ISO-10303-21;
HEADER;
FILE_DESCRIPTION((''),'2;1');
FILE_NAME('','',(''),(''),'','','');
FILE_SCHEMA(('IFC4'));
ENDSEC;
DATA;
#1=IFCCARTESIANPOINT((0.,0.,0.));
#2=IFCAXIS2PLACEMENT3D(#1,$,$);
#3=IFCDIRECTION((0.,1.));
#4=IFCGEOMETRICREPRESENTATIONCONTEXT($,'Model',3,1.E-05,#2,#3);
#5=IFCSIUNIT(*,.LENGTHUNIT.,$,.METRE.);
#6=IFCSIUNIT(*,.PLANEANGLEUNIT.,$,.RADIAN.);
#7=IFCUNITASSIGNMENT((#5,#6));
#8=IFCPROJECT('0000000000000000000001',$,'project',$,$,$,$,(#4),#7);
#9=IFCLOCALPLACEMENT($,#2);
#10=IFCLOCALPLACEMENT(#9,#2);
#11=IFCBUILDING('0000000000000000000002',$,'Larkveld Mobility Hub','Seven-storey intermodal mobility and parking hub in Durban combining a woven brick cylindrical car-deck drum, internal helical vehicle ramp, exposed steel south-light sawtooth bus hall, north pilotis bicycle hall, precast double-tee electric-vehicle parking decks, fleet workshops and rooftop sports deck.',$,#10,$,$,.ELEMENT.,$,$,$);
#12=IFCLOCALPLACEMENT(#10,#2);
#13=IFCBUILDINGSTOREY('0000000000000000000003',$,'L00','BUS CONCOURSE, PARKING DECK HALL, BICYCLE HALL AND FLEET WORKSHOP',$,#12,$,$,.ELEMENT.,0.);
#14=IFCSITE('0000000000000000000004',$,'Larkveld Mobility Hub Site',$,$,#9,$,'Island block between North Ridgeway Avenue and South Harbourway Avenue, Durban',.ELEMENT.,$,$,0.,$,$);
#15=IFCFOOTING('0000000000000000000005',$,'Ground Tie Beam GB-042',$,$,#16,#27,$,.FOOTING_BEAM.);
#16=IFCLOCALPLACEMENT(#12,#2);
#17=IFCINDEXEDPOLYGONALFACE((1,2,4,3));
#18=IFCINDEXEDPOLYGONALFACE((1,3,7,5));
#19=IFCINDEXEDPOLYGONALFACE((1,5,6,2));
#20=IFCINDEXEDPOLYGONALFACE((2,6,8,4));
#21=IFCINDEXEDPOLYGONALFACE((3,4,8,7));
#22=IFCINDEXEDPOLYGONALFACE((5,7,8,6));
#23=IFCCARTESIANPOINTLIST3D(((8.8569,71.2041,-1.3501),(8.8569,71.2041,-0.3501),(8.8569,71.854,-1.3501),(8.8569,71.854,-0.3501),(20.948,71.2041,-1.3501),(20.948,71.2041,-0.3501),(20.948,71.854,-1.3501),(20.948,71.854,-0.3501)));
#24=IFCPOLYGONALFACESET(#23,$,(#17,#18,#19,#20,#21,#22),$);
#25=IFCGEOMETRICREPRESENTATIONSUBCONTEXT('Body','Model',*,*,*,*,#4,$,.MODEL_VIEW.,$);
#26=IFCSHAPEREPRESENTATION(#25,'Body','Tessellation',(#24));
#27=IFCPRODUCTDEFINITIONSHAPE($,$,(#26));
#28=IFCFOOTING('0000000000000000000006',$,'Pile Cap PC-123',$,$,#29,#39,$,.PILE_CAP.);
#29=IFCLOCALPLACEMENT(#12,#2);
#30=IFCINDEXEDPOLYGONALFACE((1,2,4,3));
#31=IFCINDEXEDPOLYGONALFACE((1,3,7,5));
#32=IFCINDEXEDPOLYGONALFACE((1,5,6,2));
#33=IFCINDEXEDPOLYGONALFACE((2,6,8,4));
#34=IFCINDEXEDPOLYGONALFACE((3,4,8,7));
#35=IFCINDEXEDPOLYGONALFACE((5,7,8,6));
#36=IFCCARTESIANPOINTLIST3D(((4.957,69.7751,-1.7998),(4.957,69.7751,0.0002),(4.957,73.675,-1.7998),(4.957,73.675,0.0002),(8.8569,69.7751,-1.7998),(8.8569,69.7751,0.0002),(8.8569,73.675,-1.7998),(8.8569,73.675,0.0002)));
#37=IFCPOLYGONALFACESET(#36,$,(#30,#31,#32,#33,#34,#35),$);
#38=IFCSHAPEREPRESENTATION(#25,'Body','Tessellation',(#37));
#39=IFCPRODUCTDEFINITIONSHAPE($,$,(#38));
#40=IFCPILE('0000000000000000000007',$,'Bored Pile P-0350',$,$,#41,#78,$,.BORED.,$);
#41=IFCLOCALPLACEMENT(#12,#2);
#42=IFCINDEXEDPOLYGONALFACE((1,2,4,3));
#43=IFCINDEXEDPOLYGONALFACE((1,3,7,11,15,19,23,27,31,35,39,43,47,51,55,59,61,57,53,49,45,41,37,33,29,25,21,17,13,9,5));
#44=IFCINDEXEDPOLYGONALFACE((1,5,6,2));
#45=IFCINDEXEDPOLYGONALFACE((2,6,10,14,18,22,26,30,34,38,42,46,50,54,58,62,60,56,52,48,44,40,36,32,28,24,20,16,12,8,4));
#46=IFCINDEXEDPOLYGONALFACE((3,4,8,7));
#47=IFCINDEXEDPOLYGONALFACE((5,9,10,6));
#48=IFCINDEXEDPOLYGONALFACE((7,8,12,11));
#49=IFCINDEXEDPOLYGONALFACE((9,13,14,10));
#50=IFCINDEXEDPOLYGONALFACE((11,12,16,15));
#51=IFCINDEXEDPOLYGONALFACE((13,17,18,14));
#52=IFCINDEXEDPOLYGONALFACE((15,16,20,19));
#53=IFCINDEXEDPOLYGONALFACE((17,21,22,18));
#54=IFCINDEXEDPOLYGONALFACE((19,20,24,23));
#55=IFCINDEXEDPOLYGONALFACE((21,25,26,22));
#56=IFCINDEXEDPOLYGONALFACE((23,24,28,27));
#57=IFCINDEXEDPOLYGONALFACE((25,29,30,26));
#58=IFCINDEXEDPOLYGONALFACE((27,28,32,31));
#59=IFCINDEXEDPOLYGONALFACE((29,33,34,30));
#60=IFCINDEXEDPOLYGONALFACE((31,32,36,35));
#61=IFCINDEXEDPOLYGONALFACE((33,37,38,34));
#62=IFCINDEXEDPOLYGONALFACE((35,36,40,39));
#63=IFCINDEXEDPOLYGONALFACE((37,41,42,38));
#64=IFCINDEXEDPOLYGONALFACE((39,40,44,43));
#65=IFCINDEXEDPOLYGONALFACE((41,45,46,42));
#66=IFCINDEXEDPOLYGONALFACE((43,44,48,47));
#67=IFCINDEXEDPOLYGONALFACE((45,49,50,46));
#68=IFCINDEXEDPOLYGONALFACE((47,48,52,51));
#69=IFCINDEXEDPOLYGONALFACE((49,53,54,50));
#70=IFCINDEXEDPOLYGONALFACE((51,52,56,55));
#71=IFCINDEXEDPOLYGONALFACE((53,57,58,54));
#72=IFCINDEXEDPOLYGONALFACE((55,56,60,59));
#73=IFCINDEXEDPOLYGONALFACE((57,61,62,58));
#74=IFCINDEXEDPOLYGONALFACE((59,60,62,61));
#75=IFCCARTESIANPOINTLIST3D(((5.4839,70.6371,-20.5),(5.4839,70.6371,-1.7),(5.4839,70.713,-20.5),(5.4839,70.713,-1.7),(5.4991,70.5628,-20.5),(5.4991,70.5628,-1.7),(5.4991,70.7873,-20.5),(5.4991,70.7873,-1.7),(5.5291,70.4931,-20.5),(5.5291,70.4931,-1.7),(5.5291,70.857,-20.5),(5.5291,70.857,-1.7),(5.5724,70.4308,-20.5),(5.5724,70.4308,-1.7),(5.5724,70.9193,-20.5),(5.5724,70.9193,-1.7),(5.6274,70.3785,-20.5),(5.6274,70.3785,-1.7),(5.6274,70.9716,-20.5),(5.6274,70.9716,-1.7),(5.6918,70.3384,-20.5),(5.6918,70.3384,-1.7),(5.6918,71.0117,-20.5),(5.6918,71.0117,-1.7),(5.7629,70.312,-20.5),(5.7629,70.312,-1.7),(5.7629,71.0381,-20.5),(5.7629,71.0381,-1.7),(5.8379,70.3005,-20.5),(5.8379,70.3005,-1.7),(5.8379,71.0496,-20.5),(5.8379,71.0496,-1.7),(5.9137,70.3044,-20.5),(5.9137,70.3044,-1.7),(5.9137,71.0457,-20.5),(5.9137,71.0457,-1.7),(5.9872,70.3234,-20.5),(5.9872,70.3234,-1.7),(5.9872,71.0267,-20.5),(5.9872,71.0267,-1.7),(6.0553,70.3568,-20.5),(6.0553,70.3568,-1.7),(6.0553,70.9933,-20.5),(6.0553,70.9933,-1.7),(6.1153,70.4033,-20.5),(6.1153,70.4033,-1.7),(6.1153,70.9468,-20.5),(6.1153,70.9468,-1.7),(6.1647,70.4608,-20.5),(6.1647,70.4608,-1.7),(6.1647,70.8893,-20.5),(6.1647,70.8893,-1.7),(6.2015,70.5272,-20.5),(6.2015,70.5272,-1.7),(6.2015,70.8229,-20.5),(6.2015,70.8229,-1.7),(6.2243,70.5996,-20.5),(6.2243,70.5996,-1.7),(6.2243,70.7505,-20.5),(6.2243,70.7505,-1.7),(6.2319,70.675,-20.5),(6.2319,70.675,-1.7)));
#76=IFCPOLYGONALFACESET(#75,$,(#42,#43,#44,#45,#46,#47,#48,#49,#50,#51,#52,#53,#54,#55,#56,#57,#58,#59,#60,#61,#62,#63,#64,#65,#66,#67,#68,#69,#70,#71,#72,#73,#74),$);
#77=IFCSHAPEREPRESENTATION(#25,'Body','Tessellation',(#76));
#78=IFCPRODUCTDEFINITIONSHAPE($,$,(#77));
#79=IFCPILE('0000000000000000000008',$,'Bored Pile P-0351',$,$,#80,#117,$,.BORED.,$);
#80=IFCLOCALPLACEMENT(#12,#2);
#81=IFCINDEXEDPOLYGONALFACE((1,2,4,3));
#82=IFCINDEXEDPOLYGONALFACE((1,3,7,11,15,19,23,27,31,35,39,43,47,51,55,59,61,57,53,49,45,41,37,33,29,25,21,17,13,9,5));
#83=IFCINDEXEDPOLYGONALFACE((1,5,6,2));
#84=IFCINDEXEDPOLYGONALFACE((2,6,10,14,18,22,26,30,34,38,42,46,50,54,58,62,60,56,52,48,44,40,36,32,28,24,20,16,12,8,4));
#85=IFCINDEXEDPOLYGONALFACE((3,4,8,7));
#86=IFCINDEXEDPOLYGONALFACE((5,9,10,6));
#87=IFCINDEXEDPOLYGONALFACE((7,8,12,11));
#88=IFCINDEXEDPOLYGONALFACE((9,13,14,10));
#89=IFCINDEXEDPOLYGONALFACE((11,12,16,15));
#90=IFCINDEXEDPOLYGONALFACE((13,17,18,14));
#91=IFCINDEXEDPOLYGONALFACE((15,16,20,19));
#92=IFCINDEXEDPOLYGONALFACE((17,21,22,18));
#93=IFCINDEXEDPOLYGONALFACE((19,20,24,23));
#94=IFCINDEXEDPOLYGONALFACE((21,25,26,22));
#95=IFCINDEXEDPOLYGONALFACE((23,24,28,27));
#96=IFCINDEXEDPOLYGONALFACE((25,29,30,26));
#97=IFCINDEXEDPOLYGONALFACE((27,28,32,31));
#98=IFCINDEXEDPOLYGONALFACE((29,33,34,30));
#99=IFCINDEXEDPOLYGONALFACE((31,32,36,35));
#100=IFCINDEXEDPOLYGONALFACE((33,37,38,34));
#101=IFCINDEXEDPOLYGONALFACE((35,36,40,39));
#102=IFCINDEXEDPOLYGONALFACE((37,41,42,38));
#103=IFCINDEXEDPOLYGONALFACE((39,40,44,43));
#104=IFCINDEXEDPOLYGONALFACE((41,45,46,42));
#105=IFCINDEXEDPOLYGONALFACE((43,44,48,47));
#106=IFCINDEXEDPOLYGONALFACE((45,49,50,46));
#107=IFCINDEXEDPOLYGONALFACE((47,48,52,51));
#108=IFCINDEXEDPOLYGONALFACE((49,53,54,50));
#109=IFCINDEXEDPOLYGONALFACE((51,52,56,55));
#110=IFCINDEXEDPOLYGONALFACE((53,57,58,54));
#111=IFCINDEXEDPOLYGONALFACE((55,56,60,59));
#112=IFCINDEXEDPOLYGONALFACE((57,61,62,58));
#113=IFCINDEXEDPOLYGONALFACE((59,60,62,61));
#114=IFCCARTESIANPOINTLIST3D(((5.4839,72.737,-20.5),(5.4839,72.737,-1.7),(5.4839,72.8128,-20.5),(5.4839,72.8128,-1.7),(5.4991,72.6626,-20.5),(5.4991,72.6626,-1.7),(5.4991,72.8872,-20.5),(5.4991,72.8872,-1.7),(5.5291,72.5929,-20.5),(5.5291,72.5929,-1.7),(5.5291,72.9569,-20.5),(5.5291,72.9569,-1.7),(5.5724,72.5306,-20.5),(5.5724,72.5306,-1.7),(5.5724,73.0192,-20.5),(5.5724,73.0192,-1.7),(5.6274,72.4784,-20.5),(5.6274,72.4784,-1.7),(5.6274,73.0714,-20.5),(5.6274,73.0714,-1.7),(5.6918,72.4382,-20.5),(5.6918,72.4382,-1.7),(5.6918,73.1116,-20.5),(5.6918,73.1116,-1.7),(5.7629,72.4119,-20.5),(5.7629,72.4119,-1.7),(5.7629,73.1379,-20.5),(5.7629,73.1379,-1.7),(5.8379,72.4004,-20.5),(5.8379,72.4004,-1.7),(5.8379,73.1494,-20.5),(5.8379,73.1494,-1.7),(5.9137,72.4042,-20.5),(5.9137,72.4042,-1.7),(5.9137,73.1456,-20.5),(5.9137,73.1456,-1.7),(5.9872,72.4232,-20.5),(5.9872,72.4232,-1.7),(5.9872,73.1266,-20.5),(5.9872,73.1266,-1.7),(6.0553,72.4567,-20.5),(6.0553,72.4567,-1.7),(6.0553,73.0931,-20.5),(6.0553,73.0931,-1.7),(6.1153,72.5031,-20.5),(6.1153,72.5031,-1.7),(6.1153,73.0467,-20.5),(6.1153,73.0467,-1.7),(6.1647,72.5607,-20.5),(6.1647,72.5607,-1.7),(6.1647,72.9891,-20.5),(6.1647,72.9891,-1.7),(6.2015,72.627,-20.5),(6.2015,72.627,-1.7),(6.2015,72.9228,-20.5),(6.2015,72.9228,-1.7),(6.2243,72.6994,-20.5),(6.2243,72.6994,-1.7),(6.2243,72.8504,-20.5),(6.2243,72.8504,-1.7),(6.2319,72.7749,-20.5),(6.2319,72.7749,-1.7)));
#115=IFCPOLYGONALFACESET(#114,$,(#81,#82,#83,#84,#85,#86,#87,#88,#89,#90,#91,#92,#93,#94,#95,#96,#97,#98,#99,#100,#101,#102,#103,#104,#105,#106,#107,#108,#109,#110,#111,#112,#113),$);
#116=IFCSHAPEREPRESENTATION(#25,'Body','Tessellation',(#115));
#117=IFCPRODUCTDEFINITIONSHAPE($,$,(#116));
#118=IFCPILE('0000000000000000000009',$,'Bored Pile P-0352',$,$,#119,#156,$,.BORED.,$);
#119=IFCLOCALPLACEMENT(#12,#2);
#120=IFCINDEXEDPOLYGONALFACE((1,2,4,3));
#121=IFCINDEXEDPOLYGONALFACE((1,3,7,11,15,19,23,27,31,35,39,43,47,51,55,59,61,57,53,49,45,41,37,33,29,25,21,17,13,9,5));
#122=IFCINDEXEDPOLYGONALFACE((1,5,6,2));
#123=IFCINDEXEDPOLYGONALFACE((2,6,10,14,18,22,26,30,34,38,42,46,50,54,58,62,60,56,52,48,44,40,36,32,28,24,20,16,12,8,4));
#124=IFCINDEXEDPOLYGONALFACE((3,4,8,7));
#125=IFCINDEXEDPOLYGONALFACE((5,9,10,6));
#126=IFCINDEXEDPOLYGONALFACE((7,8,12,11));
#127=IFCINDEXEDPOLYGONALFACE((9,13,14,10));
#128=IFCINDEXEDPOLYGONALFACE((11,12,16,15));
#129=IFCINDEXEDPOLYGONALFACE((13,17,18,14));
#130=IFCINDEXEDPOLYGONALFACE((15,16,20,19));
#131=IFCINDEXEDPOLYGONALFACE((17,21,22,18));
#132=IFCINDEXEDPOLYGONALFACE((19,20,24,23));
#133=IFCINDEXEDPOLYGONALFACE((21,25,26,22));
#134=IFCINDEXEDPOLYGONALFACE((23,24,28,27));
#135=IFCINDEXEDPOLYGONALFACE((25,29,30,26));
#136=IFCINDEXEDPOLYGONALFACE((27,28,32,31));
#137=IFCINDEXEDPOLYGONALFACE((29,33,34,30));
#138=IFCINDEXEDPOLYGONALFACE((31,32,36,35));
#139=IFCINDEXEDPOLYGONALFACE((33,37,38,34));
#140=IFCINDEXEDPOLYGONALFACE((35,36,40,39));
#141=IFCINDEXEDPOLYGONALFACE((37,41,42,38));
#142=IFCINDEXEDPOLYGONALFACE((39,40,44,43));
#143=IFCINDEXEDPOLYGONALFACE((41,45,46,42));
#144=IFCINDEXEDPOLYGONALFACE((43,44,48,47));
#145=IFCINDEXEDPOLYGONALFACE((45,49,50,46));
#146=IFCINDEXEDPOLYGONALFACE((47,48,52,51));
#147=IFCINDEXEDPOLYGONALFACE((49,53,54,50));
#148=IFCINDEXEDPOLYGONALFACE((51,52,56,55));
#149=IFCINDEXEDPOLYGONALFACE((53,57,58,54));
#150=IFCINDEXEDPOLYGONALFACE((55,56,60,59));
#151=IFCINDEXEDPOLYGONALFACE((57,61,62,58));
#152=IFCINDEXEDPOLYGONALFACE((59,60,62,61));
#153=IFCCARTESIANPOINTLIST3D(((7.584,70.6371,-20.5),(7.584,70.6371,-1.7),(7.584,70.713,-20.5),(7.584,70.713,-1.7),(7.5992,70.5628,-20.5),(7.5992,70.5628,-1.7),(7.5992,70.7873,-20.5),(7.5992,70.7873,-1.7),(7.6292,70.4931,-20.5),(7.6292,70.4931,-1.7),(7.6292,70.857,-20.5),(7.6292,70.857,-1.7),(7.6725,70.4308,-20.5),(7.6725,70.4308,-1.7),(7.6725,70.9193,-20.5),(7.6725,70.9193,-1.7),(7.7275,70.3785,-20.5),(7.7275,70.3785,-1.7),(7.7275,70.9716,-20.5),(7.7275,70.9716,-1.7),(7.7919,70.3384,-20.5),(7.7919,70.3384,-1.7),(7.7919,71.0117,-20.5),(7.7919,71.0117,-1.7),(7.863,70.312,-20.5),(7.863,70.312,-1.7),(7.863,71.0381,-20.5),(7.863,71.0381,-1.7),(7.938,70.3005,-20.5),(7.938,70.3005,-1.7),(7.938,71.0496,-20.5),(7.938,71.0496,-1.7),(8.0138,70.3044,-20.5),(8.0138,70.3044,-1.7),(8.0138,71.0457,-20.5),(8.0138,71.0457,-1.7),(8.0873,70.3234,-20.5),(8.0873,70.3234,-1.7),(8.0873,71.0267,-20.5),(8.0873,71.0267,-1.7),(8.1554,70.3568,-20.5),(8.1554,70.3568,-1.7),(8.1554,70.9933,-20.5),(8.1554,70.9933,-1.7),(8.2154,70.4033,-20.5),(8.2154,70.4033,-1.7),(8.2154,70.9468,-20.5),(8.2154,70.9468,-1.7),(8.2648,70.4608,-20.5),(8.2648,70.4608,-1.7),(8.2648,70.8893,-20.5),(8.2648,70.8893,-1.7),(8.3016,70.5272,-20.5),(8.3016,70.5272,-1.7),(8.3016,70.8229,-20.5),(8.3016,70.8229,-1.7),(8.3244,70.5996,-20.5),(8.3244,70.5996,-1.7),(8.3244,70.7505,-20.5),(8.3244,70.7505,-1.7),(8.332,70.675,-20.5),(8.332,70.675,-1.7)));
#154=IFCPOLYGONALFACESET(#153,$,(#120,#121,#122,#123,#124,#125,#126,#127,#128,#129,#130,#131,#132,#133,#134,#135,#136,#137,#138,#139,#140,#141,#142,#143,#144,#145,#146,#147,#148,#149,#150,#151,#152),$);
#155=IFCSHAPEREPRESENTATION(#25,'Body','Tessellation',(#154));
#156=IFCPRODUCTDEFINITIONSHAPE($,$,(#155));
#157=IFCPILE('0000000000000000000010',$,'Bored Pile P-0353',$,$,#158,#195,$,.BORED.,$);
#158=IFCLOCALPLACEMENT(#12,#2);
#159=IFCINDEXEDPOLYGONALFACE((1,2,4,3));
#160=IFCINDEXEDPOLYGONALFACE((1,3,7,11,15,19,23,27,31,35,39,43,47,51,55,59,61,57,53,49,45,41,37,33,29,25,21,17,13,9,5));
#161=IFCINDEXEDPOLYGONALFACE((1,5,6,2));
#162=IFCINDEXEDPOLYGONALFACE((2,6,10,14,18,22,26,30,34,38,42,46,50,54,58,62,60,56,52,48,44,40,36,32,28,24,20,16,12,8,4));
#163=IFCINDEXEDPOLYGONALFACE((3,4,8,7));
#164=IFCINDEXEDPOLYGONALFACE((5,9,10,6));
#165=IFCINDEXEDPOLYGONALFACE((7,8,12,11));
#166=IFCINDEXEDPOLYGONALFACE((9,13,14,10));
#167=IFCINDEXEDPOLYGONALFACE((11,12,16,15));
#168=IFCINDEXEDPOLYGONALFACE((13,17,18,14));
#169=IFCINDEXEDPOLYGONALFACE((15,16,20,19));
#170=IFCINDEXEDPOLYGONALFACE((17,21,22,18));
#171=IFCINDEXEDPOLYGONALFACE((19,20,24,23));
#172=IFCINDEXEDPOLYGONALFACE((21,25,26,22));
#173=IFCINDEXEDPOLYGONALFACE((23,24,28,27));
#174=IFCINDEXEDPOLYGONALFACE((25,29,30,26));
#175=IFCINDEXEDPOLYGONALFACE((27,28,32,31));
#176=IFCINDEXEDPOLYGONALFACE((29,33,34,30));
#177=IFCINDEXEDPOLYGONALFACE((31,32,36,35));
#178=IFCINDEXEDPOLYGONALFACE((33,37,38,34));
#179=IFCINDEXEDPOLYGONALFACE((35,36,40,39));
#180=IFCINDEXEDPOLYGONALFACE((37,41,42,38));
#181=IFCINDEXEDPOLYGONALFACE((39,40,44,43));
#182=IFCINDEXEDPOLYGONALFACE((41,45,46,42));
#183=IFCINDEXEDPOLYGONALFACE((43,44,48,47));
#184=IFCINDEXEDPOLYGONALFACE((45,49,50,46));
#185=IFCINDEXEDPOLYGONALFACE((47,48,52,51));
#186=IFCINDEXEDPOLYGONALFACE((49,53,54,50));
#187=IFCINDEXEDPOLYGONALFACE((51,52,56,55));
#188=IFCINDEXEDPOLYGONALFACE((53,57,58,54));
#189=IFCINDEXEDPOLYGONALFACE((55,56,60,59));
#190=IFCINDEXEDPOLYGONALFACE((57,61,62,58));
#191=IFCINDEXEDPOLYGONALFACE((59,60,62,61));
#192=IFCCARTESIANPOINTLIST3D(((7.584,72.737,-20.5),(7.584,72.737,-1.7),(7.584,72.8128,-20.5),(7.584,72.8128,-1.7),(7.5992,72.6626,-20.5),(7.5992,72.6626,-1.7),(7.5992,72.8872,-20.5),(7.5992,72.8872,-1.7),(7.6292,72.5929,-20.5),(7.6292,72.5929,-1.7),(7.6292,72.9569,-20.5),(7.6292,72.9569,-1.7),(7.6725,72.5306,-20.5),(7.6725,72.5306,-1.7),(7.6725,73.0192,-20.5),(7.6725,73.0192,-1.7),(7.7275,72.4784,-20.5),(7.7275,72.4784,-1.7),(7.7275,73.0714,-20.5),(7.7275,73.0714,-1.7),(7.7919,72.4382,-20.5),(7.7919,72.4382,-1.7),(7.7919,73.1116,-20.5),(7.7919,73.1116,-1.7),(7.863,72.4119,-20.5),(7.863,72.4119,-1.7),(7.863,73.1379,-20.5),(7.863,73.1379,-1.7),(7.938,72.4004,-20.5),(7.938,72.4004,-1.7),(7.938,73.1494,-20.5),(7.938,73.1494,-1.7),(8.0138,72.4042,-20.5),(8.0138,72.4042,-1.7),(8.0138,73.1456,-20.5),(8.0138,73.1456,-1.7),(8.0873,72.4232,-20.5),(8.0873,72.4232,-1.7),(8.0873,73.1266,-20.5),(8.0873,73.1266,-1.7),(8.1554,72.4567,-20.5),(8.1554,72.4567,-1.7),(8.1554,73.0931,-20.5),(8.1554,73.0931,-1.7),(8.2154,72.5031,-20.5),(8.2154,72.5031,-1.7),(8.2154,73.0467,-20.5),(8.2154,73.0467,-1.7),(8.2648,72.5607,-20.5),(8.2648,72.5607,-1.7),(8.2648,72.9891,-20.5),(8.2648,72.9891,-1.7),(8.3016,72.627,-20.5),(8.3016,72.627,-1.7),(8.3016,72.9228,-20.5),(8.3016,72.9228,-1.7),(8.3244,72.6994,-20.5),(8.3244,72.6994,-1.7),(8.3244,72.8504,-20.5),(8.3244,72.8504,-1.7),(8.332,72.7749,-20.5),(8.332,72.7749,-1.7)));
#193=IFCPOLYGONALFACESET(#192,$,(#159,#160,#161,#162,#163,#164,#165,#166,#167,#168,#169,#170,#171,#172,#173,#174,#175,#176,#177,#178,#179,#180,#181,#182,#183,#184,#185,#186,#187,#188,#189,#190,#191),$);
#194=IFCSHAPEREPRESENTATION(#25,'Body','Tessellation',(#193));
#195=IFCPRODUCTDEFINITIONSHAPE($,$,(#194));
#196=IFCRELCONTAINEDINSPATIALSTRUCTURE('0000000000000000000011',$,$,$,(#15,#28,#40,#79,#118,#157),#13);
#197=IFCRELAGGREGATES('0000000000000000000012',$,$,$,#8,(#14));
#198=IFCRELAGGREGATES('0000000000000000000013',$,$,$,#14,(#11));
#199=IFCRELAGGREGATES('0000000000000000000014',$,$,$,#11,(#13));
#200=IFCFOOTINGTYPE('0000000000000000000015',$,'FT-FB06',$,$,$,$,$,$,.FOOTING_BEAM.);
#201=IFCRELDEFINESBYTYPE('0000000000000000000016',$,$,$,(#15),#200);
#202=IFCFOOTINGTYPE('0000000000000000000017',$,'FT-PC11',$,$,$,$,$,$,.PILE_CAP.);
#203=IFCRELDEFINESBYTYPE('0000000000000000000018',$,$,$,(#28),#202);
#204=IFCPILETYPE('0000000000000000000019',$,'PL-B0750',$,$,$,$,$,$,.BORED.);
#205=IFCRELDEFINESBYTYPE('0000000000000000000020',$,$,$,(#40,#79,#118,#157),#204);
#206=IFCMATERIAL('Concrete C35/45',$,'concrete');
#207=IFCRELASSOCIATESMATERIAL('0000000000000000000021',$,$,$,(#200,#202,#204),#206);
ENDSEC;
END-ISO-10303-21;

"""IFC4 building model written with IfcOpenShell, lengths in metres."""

from ifc_helpers import new_model, si_unit, direction, frame, origin, origin_2d, place, context, subcontext, project, spatial, rectangle, circle, extrude, material, material_profile, profile_set, type_object, element, save


model = new_model("IFC4")

# Units and contexts
model_context = context("Model", 3, precision=1e-05, world=origin(), true_north=direction((0.0, 1.0)))
body_context = subcontext(model_context, "Body", "Model", "MODEL_VIEW")
ifc_project = project(units=[si_unit("LENGTHUNIT", "METRE"), si_unit("PLANEANGLEUNIT", "RADIAN")], contexts=[model_context])

# Site, building, storey
site_placement = place(None, origin())
site = spatial("IfcSite", under=ifc_project, at=site_placement, Name="Larkveld Mobility Hub Site", LongName="Island block between North Ridgeway Avenue and South Harbourway Avenue, Durban", CompositionType="ELEMENT", RefElevation=0.0)
building_placement = place(site_placement, origin())
building = spatial("IfcBuilding", under=site, at=building_placement, Name="Larkveld Mobility Hub", Description="Seven-storey intermodal mobility and parking hub in Durban combining a woven brick cylindrical car-deck drum, internal helical vehicle ramp, exposed steel south-light sawtooth bus hall, north pilotis bicycle hall, precast double-tee electric-vehicle parking decks, fleet workshops and rooftop sports deck.", CompositionType="ELEMENT")
storey_placement = place(building_placement, origin())
storey = spatial("IfcBuildingStorey", under=building, at=storey_placement, Name="L00", Description="BUS CONCOURSE, PARKING DECK HALL, BICYCLE HALL AND FLEET WORKSHOP", CompositionType="ELEMENT", Elevation=0.0)

# Footings
ifc_material_1 = material(Name="Concrete C35/45", Category="concrete")
ifc_material_profile_1 = material_profile(ifc_material_1, rectangle(XDim=0.6499, YDim=1.0, at=origin_2d()), Name="RC BM 650x1000")
ifc_profile_set_1 = profile_set([ifc_material_profile_1], Name="Concrete C35/45")
footing_type_1 = type_object("IfcFootingType", Name="FT-FB06", PredefinedType="FOOTING_BEAM", material=ifc_profile_set_1)
footing_1_placement = place(storey_placement, frame((8.8569, 71.5291, -0.8501), z_axis=(1.0, 0.0, 0.0), x_axis=(0.0, 1.0, 0.0)))
element("IfcFooting", 1, at=footing_1_placement, inside=storey, type_object=footing_type_1, Name="Ground Tie Beam GB-042", PredefinedType="FOOTING_BEAM", context=body_context, shape_type="SweptSolid", body=[
    extrude(rectangle(XDim=0.6499, YDim=1.0, at=origin_2d()), origin(), (0.0, 0.0, 1.0), 12.0911),
])
footing_type_2 = type_object("IfcFootingType", Name="FT-PC11", PredefinedType="PILE_CAP", material=ifc_material_1)
footing_2_placement = place(storey_placement, frame((6.907, 71.7251, -1.7998), z_axis=(0.0, 0.0, 1.0), x_axis=(1.0, 0.0, 0.0)))
element("IfcFooting", 2, at=footing_2_placement, inside=storey, type_object=footing_type_2, Name="Pile Cap PC-123", PredefinedType="PILE_CAP", context=body_context, shape_type="SweptSolid", body=[
    extrude(rectangle(XDim=3.8999, YDim=3.8999, at=origin_2d()), origin(), (0.0, 0.0, 1.0), 1.8),
])

# Piles
ifc_material_profile_2 = material_profile(ifc_material_1, circle(Radius=0.375, at=origin_2d()), Name="PILE D750")
ifc_profile_set_2 = profile_set([ifc_material_profile_2], Name="Concrete C35/45")
pile_type = type_object("IfcPileType", Name="PL-B0750", PredefinedType="BORED", material=ifc_profile_set_2)
for number, where, z_axis, x_axis, name in (
    (3, (5.8569, 70.675, -1.7), (0.0, 0.0, -1.0), (1.0, 0.0, 0.0), "Bored Pile P-0350"),
    (4, (5.8569, 72.7749, -1.7), (0.0, 0.0, -1.0), (1.0, 0.0, 0.0), "Bored Pile P-0351"),
    (5, (7.957, 70.675, -1.7), (0.0, 0.0, -1.0), (1.0, 0.0, 0.0), "Bored Pile P-0352"),
    (6, (7.957, 72.7749, -1.7), (0.0, 0.0, -1.0), (1.0, 0.0, 0.0), "Bored Pile P-0353"),
):
    element("IfcPile", number, at=place(storey_placement, frame(where, z_axis=z_axis, x_axis=x_axis)), inside=storey, type_object=pile_type, Name=name, PredefinedType="BORED", context=body_context, shape_type="SweptSolid", body=[
        extrude(circle(Radius=0.375, at=origin_2d()), origin(), (0.0, 0.0, 1.0), 18.8),
    ])

save(model, "model.ifc")
